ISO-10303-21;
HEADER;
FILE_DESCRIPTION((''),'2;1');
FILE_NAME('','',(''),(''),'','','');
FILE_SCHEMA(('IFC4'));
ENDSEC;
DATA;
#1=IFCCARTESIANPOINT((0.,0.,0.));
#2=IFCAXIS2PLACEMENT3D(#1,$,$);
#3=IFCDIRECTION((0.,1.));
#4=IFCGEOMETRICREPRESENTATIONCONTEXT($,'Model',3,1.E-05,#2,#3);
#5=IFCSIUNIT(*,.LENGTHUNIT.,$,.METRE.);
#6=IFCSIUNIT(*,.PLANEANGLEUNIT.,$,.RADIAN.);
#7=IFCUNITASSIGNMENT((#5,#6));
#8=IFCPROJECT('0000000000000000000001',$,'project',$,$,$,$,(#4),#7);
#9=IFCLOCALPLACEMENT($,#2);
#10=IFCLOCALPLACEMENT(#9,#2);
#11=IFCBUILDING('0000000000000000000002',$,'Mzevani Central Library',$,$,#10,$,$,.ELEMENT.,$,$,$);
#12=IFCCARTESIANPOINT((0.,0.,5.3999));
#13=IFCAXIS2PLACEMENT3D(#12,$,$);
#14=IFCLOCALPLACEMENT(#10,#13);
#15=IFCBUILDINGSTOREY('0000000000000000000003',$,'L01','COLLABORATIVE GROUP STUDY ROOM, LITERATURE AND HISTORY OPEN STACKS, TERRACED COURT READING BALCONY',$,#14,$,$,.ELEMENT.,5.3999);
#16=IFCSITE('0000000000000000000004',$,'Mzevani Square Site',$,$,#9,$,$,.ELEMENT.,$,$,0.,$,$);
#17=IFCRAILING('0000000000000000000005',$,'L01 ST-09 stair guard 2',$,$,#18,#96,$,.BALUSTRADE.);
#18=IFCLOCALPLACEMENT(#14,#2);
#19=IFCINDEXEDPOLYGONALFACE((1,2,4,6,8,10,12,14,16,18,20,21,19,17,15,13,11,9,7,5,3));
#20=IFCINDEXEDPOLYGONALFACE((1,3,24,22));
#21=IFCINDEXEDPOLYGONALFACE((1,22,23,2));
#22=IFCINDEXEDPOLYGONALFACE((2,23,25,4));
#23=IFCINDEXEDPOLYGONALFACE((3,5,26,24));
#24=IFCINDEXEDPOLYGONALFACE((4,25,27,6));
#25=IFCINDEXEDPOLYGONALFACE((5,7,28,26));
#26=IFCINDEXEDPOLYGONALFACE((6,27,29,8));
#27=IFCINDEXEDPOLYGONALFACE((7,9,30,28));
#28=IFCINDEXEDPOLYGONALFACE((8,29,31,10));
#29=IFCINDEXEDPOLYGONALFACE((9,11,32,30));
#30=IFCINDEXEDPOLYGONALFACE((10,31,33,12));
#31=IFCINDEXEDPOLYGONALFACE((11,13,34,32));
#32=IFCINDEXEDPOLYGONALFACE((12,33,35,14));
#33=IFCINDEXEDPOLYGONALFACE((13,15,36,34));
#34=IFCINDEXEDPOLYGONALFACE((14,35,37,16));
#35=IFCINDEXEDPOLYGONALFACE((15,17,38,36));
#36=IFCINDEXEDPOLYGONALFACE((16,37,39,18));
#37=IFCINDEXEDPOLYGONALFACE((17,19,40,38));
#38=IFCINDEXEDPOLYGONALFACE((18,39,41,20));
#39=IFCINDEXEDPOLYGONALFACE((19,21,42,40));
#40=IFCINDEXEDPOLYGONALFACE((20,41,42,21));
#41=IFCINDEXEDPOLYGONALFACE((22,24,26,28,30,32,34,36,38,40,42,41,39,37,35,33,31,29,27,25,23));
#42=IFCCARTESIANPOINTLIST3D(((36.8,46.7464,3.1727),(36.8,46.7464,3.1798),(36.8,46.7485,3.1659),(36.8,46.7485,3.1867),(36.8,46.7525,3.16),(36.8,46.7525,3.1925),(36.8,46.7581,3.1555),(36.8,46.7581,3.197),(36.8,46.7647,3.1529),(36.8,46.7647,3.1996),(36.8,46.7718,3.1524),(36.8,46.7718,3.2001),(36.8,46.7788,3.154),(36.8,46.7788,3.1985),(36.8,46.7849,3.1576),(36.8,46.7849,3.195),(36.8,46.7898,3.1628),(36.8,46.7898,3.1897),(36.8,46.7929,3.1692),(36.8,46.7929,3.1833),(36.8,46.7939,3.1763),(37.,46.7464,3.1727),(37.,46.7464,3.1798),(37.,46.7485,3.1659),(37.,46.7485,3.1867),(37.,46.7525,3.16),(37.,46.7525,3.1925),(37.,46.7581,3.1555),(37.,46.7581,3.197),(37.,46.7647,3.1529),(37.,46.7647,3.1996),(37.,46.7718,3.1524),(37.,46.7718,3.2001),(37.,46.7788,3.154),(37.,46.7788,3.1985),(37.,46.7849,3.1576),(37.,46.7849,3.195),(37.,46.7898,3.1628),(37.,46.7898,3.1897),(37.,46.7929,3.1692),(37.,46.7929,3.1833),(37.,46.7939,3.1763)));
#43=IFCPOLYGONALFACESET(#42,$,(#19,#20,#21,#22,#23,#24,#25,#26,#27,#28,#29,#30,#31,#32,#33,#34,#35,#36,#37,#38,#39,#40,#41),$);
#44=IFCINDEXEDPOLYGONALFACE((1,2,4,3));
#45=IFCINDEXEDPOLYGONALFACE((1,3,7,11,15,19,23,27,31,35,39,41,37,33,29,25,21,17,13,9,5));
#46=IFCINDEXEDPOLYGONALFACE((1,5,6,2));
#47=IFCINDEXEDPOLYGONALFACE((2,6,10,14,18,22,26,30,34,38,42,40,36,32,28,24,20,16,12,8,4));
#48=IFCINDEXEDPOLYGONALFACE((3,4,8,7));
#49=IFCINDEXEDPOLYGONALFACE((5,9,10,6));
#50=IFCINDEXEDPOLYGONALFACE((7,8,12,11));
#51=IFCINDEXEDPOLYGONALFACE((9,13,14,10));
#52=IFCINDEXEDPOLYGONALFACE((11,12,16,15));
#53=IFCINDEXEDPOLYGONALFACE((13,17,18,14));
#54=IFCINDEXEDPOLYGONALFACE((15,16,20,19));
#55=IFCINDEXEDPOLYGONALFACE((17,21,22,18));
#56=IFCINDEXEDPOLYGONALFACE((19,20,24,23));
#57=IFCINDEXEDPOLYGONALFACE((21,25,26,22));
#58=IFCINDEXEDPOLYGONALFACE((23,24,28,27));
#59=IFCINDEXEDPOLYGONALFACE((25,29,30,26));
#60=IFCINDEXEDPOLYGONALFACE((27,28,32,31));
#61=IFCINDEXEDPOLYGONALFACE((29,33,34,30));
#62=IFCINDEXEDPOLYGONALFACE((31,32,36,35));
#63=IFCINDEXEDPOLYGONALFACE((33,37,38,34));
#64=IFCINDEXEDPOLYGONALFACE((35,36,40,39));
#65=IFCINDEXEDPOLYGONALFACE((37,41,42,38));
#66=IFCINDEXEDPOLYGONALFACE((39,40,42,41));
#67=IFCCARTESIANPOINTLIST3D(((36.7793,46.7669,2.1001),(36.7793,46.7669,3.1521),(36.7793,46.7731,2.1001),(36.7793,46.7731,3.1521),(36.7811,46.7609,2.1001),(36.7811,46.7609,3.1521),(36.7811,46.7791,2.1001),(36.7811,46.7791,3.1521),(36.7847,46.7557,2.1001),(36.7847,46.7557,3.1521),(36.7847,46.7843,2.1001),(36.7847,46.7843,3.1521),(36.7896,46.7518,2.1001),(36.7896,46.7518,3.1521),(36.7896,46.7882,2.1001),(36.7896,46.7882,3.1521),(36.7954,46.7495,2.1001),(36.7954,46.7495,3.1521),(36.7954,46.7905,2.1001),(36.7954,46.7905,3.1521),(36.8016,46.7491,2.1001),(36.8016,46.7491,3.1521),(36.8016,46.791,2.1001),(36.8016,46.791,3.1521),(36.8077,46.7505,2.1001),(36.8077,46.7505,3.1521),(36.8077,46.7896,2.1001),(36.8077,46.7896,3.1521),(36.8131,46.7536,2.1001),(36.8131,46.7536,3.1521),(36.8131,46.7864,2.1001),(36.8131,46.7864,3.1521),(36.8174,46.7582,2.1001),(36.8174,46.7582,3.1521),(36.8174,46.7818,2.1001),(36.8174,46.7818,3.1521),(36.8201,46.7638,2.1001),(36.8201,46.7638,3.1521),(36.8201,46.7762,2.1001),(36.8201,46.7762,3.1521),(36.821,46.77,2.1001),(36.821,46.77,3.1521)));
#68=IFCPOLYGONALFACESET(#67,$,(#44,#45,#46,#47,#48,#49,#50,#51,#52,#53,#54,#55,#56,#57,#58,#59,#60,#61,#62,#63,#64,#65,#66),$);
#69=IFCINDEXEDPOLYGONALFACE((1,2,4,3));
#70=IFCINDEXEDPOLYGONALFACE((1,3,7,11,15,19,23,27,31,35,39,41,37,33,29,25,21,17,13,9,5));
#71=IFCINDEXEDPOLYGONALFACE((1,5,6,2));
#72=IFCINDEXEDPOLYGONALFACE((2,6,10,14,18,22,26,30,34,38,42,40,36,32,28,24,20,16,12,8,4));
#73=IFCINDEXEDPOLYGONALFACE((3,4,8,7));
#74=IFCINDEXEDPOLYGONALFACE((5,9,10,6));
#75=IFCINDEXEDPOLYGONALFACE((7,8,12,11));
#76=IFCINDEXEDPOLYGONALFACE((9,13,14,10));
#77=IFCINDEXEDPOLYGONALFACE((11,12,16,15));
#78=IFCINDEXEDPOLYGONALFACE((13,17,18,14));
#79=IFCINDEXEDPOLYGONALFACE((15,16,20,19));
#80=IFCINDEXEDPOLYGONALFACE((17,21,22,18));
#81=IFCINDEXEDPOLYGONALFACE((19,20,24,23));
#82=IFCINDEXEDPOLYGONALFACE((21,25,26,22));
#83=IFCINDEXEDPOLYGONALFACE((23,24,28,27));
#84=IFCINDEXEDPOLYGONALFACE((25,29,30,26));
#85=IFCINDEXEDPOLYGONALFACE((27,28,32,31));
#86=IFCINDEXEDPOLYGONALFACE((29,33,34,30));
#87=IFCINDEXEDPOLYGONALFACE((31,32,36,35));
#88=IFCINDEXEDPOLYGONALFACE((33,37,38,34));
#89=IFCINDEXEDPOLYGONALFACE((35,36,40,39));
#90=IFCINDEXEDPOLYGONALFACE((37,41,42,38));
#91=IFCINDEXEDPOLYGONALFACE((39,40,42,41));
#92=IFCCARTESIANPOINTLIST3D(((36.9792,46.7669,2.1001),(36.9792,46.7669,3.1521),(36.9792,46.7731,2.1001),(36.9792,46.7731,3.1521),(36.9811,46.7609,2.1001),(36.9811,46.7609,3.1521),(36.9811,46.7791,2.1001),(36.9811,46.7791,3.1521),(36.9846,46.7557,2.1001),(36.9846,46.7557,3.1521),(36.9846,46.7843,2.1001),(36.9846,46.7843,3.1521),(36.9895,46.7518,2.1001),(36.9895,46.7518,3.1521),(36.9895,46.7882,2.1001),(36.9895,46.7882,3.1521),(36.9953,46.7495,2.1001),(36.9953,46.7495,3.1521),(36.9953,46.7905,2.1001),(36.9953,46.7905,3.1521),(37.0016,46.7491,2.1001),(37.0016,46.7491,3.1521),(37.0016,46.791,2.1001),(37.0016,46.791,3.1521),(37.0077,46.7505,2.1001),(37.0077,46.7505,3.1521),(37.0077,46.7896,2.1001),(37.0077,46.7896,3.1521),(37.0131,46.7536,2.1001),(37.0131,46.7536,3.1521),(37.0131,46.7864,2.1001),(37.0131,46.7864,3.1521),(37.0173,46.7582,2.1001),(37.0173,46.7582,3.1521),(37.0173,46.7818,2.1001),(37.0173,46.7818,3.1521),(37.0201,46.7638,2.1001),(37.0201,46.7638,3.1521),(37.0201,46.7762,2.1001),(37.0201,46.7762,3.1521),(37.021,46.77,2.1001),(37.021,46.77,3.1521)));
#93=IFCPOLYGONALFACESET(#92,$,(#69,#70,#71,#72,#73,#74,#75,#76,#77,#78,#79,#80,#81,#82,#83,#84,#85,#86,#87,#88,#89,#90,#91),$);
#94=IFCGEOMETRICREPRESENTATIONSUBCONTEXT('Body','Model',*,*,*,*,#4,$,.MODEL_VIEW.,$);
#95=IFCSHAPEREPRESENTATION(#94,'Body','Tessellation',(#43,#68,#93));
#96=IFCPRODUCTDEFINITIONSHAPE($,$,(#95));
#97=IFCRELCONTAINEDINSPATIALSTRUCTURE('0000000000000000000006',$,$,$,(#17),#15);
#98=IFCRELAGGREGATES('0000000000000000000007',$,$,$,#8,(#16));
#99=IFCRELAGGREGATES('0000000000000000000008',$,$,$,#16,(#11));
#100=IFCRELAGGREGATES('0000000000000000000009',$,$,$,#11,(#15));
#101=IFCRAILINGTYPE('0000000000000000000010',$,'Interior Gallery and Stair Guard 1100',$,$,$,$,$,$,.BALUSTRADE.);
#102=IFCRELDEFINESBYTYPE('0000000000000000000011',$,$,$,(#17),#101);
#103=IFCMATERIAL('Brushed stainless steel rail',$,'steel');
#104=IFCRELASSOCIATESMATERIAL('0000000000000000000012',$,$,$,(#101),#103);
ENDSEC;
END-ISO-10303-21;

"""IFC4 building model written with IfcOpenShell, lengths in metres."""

from ifc_helpers import new_model, si_unit, direction, frame, origin, origin_2d, place, context, subcontext, project, spatial, circle, extrude, material, type_object, element, save


model = new_model("IFC4")

# Units and contexts
model_context = context("Model", 3, precision=1e-05, world=origin(), true_north=direction((0.0, 1.0)))
body_context = subcontext(model_context, "Body", "Model", "MODEL_VIEW")
ifc_project = project(units=[si_unit("LENGTHUNIT", "METRE"), si_unit("PLANEANGLEUNIT", "RADIAN")], contexts=[model_context])

# Site, building, storey
site_placement = place(None, origin())
site = spatial("IfcSite", under=ifc_project, at=site_placement, Name="Mzevani Square Site", CompositionType="ELEMENT", RefElevation=0.0)
building_placement = place(site_placement, origin())
building = spatial("IfcBuilding", under=site, at=building_placement, Name="Mzevani Central Library", CompositionType="ELEMENT")
storey_placement = place(building_placement, frame((0.0, 0.0, 5.3999)))
storey = spatial("IfcBuildingStorey", under=building, at=storey_placement, Name="L01", Description="COLLABORATIVE GROUP STUDY ROOM, LITERATURE AND HISTORY OPEN STACKS, TERRACED COURT READING BALCONY", CompositionType="ELEMENT", Elevation=5.3999)

# Railing
ifc_material_1 = material(Name="Brushed stainless steel rail", Category="steel")
railing_type_1 = type_object("IfcRailingType", Name="Interior Gallery and Stair Guard 1100", PredefinedType="BALUSTRADE", material=ifc_material_1)
railing_1_placement = place(storey_placement, frame((36.8, 46.77, 2.1001)))
element("IfcRailing", 1, at=railing_1_placement, inside=storey, type_object=railing_type_1, Name="L01 ST-09 stair guard 2", PredefinedType="BALUSTRADE", context=body_context, shape_type="SweptSolid", body=[
    extrude(circle(Radius=0.0239, at=origin_2d()), frame((0.0, 0.0, 1.0762), z_axis=(1.0, 0.0, 0.0), x_axis=(0.0, 1.0, 0.0)), (0.0, 0.0, 1.0), 0.2),
    extrude(circle(Radius=0.021, at=origin_2d()), origin(), (0.0, 0.0, 1.0), 1.052),
    extrude(circle(Radius=0.021, at=origin_2d()), frame((0.2, 0.0, 0.0)), (0.0, 0.0, 1.0), 1.052),
])

save(model, "model.ifc")
